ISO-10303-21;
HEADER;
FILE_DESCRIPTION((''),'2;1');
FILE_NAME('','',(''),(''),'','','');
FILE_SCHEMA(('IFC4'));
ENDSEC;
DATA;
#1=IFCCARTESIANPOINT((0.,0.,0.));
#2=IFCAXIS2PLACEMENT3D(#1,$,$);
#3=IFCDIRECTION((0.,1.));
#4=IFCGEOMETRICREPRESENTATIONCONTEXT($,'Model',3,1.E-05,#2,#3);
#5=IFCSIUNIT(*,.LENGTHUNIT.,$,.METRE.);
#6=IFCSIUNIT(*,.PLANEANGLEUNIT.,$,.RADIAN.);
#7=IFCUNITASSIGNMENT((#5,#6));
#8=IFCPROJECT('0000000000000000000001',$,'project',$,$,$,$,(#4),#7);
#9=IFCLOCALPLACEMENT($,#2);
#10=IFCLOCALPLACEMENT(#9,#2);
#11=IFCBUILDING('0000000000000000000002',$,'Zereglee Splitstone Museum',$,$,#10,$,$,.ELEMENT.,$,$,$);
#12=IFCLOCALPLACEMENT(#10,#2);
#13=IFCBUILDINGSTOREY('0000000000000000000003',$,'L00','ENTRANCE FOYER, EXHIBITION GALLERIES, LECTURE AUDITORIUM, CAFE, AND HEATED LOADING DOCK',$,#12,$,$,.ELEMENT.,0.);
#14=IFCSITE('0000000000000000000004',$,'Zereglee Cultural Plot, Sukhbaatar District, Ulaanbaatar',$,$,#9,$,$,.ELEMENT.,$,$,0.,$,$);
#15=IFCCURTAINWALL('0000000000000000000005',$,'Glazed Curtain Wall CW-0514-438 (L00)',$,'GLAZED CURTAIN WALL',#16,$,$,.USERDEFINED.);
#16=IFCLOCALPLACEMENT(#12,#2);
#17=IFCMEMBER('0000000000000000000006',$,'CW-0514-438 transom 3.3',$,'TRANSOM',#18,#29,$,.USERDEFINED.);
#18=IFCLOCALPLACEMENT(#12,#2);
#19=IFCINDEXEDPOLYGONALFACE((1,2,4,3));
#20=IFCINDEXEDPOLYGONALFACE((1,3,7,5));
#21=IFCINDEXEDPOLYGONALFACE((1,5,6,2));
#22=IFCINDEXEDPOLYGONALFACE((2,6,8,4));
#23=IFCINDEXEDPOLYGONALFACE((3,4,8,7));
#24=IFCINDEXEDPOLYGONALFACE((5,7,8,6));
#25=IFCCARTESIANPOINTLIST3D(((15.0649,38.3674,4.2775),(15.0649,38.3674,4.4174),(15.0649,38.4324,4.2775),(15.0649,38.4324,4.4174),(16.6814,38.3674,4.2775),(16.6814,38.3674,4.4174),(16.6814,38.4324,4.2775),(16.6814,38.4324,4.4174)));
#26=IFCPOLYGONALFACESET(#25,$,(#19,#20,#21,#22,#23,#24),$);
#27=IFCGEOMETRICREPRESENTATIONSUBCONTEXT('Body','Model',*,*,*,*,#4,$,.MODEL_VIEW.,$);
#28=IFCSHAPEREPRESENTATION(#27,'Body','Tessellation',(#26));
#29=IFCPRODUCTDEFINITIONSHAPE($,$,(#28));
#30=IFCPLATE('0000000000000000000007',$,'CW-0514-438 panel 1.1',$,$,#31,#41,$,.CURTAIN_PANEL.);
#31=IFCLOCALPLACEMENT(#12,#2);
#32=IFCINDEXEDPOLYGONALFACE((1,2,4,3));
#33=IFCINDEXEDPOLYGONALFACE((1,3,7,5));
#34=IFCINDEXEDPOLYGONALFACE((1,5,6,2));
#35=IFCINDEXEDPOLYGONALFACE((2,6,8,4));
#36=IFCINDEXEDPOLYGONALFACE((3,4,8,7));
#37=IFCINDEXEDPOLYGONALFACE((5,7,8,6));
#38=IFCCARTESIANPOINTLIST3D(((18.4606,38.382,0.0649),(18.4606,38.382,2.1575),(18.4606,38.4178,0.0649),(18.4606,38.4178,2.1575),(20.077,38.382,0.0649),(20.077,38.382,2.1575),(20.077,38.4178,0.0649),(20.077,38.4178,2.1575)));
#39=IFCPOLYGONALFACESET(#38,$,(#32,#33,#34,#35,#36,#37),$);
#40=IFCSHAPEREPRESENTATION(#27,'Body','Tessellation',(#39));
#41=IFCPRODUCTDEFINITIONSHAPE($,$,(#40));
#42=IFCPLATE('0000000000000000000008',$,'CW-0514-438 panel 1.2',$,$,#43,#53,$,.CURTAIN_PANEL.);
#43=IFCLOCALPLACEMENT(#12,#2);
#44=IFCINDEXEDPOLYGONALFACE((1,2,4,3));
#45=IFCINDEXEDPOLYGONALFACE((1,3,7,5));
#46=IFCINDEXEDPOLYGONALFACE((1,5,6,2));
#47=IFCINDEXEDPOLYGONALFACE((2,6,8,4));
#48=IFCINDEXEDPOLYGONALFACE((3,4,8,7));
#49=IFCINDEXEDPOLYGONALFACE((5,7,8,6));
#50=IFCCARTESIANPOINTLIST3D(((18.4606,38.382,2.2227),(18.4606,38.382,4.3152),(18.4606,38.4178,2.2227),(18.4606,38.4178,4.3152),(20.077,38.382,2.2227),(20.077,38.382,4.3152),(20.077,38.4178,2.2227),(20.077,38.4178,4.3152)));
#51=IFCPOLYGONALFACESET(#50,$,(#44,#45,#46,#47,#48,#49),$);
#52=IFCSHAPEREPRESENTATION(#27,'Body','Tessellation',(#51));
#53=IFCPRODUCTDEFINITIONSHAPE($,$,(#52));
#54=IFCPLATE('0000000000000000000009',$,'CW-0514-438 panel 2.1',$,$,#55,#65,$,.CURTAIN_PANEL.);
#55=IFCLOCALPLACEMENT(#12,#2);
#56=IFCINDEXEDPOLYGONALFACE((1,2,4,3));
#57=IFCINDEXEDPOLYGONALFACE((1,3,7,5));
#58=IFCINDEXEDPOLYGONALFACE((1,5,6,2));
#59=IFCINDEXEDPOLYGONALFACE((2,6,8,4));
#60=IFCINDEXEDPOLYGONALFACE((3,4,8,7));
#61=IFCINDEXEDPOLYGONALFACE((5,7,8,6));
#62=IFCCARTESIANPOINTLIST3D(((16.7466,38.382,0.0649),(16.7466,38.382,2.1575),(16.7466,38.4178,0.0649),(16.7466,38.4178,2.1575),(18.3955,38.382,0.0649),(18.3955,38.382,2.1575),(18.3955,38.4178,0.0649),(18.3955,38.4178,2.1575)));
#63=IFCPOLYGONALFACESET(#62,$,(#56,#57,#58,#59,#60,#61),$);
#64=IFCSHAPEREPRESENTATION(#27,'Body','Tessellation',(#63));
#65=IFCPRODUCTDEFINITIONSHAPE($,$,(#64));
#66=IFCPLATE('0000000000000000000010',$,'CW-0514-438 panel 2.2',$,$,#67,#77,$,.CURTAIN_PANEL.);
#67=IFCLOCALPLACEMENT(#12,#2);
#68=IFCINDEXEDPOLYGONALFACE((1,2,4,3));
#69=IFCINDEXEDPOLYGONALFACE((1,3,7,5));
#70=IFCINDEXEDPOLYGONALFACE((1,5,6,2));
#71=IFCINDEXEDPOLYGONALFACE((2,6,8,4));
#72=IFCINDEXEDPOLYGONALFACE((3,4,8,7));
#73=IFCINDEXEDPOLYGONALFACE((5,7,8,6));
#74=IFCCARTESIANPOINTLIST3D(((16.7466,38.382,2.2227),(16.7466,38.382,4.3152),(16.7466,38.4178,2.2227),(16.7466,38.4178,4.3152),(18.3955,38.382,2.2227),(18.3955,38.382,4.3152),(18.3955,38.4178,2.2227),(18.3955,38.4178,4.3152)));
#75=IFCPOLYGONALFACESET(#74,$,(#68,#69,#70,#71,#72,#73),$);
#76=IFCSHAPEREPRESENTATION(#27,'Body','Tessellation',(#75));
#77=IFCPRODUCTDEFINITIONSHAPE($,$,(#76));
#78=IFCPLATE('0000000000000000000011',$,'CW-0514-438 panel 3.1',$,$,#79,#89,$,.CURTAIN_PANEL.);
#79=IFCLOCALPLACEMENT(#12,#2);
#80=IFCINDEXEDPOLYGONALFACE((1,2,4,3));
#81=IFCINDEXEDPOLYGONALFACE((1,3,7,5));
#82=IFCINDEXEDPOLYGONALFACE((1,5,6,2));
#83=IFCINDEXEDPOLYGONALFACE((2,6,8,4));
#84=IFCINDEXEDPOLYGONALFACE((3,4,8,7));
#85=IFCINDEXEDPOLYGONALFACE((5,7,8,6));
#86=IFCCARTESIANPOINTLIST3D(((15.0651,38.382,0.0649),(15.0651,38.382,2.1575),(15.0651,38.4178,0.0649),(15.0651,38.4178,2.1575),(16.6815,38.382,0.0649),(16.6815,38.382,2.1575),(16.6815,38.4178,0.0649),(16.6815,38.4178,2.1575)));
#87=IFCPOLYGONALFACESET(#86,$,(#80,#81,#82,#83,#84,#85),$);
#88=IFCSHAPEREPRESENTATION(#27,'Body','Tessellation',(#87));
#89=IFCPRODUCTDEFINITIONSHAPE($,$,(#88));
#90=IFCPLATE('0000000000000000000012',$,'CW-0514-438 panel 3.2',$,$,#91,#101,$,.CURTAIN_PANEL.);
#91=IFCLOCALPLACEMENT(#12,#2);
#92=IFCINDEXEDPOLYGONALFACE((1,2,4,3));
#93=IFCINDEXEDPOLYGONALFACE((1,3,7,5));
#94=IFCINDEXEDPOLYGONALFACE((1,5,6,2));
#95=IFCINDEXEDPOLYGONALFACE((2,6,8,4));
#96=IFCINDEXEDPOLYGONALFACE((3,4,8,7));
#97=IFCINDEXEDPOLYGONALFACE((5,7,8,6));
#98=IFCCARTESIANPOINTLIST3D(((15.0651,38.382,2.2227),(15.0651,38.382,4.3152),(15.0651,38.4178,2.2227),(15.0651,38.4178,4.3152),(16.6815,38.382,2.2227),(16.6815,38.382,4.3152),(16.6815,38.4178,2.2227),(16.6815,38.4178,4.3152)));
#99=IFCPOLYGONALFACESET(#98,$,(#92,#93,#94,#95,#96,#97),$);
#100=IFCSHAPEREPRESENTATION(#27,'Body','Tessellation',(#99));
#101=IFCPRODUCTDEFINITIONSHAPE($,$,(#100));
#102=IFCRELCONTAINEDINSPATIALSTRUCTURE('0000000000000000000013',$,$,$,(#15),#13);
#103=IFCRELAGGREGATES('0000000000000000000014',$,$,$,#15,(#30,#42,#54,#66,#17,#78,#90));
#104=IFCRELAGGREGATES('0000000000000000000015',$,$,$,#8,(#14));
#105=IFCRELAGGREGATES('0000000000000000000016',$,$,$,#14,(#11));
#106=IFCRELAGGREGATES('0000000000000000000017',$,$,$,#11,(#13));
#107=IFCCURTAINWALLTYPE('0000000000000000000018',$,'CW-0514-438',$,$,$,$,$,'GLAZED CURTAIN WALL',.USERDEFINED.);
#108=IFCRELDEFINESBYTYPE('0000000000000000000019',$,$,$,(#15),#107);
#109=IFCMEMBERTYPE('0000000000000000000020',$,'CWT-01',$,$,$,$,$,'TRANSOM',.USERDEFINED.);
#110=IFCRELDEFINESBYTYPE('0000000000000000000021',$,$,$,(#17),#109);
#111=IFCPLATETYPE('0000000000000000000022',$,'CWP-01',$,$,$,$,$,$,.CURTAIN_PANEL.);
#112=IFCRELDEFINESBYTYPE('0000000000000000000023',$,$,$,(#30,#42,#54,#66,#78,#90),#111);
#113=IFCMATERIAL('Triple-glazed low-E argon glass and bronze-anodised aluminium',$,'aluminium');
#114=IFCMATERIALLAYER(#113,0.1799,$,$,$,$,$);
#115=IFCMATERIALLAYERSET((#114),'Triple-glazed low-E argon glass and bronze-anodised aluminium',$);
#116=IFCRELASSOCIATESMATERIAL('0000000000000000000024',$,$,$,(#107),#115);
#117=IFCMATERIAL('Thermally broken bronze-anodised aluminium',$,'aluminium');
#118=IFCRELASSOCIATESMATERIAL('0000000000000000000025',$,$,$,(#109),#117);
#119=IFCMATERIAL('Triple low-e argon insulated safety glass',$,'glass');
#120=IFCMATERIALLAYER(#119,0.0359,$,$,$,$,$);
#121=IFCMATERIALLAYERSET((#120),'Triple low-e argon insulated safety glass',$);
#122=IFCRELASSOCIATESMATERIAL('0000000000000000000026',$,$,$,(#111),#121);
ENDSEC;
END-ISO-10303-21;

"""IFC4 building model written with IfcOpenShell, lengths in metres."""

from ifc_helpers import new_model, si_unit, direction, frame, origin, origin_2d, place, context, subcontext, project, spatial, rectangle, extrude, material, layer, layer_set, material_profile, profile_set, type_object, element, aggregate, save


model = new_model("IFC4")

# Units and contexts
model_context = context("Model", 3, precision=1e-05, world=origin(), true_north=direction((0.0, 1.0)))
body_context = subcontext(model_context, "Body", "Model", "MODEL_VIEW")
ifc_project = project(units=[si_unit("LENGTHUNIT", "METRE"), si_unit("PLANEANGLEUNIT", "RADIAN")], contexts=[model_context])

# Site, building, storey
site_placement = place(None, origin())
site = spatial("IfcSite", under=ifc_project, at=site_placement, Name="Zereglee Cultural Plot, Sukhbaatar District, Ulaanbaatar", CompositionType="ELEMENT", RefElevation=0.0)
building_placement = place(site_placement, origin())
building = spatial("IfcBuilding", under=site, at=building_placement, Name="Zereglee Splitstone Museum", CompositionType="ELEMENT")
storey_placement = place(building_placement, origin())
storey = spatial("IfcBuildingStorey", under=building, at=storey_placement, Name="L00", Description="ENTRANCE FOYER, EXHIBITION GALLERIES, LECTURE AUDITORIUM, CAFE, AND HEATED LOADING DOCK", CompositionType="ELEMENT", Elevation=0.0)

# Curtain wall
ifc_material_1 = material(Name="Triple-glazed low-E argon glass and bronze-anodised aluminium", Category="aluminium")
ifc_layer_1 = layer(ifc_material_1, 0.1799)
ifc_layer_set_1 = layer_set([ifc_layer_1], Name="Triple-glazed low-E argon glass and bronze-anodised aluminium")
curtain_wall_type_1 = type_object("IfcCurtainWallType", Name="CW-0514-438", ElementType="GLAZED CURTAIN WALL", PredefinedType="USERDEFINED", material=ifc_layer_set_1)
curtain_wall_1_placement = place(storey_placement, origin())
curtain_wall_1 = element("IfcCurtainWall", 1, at=curtain_wall_1_placement, inside=storey, type_object=curtain_wall_type_1, Name="Glazed Curtain Wall CW-0514-438 (L00)", ObjectType="GLAZED CURTAIN WALL", PredefinedType="USERDEFINED")
ifc_material_2 = material(Name="Thermally broken bronze-anodised aluminium", Category="aluminium")

# Member
ifc_material_profile_1 = material_profile(ifc_material_2, rectangle(XDim=0.0649, YDim=0.1399, at=origin_2d()), Name="CW TRAN 65x140")
ifc_profile_set_1 = profile_set([ifc_material_profile_1], Name="Thermally broken bronze-anodised aluminium")
member_type_1 = type_object("IfcMemberType", Name="CWT-01", ElementType="TRANSOM", PredefinedType="USERDEFINED", material=ifc_profile_set_1)
member_1_placement = place(storey_placement, frame((16.6814, 38.3999, 4.3474), z_axis=(-1.0, 0.0, 0.0), x_axis=(0.0, -1.0, 0.0)))
member_1 = element("IfcMember", 2, at=member_1_placement, type_object=member_type_1, Name="CW-0514-438 transom 3.3", ObjectType="TRANSOM", PredefinedType="USERDEFINED", context=body_context, shape_type="SweptSolid", body=[
    extrude(rectangle(XDim=0.0649, YDim=0.1399, at=origin_2d()), origin(), (0.0, 0.0, 1.0), 1.6165),
])

# Plates
ifc_material_3 = material(Name="Triple low-e argon insulated safety glass", Category="glass")
ifc_layer_2 = layer(ifc_material_3, 0.0359)
ifc_layer_set_2 = layer_set([ifc_layer_2], Name="Triple low-e argon insulated safety glass")
plate_type = type_object("IfcPlateType", Name="CWP-01", PredefinedType="CURTAIN_PANEL", material=ifc_layer_set_2)
plate_1_placement = place(storey_placement, frame((19.2688, 38.3999, 0.0649), z_axis=(0.0, 0.0, 1.0), x_axis=(-1.0, 0.0, 0.0)))
plate_1 = element("IfcPlate", 3, at=plate_1_placement, type_object=plate_type, Name="CW-0514-438 panel 1.1", PredefinedType="CURTAIN_PANEL", context=body_context, shape_type="SweptSolid", body=[
    extrude(rectangle(XDim=1.6165, YDim=0.0359, at=origin_2d()), origin(), (0.0, 0.0, 1.0), 2.0925),
])
plate_2_placement = place(storey_placement, frame((19.2688, 38.3999, 2.2227), z_axis=(0.0, 0.0, 1.0), x_axis=(-1.0, 0.0, 0.0)))
plate_2 = element("IfcPlate", 4, at=plate_2_placement, type_object=plate_type, Name="CW-0514-438 panel 1.2", PredefinedType="CURTAIN_PANEL", context=body_context, shape_type="SweptSolid", body=[
    extrude(rectangle(XDim=1.6165, YDim=0.0359, at=origin_2d()), origin(), (0.0, 0.0, 1.0), 2.0925),
])
plate_3_placement = place(storey_placement, frame((17.571, 38.3999, 0.0649), z_axis=(0.0, 0.0, 1.0), x_axis=(-1.0, 0.0, 0.0)))
plate_3 = element("IfcPlate", 5, at=plate_3_placement, type_object=plate_type, Name="CW-0514-438 panel 2.1", PredefinedType="CURTAIN_PANEL", context=body_context, shape_type="SweptSolid", body=[
    extrude(rectangle(XDim=1.6489, YDim=0.0359, at=origin_2d()), origin(), (0.0, 0.0, 1.0), 2.0925),
])
plate_4_placement = place(storey_placement, frame((17.571, 38.3999, 2.2227), z_axis=(0.0, 0.0, 1.0), x_axis=(-1.0, 0.0, 0.0)))
plate_4 = element("IfcPlate", 6, at=plate_4_placement, type_object=plate_type, Name="CW-0514-438 panel 2.2", PredefinedType="CURTAIN_PANEL", context=body_context, shape_type="SweptSolid", body=[
    extrude(rectangle(XDim=1.6489, YDim=0.0359, at=origin_2d()), origin(), (0.0, 0.0, 1.0), 2.0925),
])
plate_5_placement = place(storey_placement, frame((15.8733, 38.3999, 0.0649), z_axis=(0.0, 0.0, 1.0), x_axis=(-1.0, 0.0, 0.0)))
plate_5 = element("IfcPlate", 7, at=plate_5_placement, type_object=plate_type, Name="CW-0514-438 panel 3.1", PredefinedType="CURTAIN_PANEL", context=body_context, shape_type="SweptSolid", body=[
    extrude(rectangle(XDim=1.6165, YDim=0.0359, at=origin_2d()), origin(), (0.0, 0.0, 1.0), 2.0925),
])
plate_6_placement = place(storey_placement, frame((15.8733, 38.3999, 2.2227), z_axis=(0.0, 0.0, 1.0), x_axis=(-1.0, 0.0, 0.0)))
plate_6 = element("IfcPlate", 8, at=plate_6_placement, type_object=plate_type, Name="CW-0514-438 panel 3.2", PredefinedType="CURTAIN_PANEL", context=body_context, shape_type="SweptSolid", body=[
    extrude(rectangle(XDim=1.6165, YDim=0.0359, at=origin_2d()), origin(), (0.0, 0.0, 1.0), 2.0925),
])
aggregate(curtain_wall_1, [plate_1, plate_2, plate_3, plate_4, member_1, plate_5, plate_6])

save(model, "model.ifc")
